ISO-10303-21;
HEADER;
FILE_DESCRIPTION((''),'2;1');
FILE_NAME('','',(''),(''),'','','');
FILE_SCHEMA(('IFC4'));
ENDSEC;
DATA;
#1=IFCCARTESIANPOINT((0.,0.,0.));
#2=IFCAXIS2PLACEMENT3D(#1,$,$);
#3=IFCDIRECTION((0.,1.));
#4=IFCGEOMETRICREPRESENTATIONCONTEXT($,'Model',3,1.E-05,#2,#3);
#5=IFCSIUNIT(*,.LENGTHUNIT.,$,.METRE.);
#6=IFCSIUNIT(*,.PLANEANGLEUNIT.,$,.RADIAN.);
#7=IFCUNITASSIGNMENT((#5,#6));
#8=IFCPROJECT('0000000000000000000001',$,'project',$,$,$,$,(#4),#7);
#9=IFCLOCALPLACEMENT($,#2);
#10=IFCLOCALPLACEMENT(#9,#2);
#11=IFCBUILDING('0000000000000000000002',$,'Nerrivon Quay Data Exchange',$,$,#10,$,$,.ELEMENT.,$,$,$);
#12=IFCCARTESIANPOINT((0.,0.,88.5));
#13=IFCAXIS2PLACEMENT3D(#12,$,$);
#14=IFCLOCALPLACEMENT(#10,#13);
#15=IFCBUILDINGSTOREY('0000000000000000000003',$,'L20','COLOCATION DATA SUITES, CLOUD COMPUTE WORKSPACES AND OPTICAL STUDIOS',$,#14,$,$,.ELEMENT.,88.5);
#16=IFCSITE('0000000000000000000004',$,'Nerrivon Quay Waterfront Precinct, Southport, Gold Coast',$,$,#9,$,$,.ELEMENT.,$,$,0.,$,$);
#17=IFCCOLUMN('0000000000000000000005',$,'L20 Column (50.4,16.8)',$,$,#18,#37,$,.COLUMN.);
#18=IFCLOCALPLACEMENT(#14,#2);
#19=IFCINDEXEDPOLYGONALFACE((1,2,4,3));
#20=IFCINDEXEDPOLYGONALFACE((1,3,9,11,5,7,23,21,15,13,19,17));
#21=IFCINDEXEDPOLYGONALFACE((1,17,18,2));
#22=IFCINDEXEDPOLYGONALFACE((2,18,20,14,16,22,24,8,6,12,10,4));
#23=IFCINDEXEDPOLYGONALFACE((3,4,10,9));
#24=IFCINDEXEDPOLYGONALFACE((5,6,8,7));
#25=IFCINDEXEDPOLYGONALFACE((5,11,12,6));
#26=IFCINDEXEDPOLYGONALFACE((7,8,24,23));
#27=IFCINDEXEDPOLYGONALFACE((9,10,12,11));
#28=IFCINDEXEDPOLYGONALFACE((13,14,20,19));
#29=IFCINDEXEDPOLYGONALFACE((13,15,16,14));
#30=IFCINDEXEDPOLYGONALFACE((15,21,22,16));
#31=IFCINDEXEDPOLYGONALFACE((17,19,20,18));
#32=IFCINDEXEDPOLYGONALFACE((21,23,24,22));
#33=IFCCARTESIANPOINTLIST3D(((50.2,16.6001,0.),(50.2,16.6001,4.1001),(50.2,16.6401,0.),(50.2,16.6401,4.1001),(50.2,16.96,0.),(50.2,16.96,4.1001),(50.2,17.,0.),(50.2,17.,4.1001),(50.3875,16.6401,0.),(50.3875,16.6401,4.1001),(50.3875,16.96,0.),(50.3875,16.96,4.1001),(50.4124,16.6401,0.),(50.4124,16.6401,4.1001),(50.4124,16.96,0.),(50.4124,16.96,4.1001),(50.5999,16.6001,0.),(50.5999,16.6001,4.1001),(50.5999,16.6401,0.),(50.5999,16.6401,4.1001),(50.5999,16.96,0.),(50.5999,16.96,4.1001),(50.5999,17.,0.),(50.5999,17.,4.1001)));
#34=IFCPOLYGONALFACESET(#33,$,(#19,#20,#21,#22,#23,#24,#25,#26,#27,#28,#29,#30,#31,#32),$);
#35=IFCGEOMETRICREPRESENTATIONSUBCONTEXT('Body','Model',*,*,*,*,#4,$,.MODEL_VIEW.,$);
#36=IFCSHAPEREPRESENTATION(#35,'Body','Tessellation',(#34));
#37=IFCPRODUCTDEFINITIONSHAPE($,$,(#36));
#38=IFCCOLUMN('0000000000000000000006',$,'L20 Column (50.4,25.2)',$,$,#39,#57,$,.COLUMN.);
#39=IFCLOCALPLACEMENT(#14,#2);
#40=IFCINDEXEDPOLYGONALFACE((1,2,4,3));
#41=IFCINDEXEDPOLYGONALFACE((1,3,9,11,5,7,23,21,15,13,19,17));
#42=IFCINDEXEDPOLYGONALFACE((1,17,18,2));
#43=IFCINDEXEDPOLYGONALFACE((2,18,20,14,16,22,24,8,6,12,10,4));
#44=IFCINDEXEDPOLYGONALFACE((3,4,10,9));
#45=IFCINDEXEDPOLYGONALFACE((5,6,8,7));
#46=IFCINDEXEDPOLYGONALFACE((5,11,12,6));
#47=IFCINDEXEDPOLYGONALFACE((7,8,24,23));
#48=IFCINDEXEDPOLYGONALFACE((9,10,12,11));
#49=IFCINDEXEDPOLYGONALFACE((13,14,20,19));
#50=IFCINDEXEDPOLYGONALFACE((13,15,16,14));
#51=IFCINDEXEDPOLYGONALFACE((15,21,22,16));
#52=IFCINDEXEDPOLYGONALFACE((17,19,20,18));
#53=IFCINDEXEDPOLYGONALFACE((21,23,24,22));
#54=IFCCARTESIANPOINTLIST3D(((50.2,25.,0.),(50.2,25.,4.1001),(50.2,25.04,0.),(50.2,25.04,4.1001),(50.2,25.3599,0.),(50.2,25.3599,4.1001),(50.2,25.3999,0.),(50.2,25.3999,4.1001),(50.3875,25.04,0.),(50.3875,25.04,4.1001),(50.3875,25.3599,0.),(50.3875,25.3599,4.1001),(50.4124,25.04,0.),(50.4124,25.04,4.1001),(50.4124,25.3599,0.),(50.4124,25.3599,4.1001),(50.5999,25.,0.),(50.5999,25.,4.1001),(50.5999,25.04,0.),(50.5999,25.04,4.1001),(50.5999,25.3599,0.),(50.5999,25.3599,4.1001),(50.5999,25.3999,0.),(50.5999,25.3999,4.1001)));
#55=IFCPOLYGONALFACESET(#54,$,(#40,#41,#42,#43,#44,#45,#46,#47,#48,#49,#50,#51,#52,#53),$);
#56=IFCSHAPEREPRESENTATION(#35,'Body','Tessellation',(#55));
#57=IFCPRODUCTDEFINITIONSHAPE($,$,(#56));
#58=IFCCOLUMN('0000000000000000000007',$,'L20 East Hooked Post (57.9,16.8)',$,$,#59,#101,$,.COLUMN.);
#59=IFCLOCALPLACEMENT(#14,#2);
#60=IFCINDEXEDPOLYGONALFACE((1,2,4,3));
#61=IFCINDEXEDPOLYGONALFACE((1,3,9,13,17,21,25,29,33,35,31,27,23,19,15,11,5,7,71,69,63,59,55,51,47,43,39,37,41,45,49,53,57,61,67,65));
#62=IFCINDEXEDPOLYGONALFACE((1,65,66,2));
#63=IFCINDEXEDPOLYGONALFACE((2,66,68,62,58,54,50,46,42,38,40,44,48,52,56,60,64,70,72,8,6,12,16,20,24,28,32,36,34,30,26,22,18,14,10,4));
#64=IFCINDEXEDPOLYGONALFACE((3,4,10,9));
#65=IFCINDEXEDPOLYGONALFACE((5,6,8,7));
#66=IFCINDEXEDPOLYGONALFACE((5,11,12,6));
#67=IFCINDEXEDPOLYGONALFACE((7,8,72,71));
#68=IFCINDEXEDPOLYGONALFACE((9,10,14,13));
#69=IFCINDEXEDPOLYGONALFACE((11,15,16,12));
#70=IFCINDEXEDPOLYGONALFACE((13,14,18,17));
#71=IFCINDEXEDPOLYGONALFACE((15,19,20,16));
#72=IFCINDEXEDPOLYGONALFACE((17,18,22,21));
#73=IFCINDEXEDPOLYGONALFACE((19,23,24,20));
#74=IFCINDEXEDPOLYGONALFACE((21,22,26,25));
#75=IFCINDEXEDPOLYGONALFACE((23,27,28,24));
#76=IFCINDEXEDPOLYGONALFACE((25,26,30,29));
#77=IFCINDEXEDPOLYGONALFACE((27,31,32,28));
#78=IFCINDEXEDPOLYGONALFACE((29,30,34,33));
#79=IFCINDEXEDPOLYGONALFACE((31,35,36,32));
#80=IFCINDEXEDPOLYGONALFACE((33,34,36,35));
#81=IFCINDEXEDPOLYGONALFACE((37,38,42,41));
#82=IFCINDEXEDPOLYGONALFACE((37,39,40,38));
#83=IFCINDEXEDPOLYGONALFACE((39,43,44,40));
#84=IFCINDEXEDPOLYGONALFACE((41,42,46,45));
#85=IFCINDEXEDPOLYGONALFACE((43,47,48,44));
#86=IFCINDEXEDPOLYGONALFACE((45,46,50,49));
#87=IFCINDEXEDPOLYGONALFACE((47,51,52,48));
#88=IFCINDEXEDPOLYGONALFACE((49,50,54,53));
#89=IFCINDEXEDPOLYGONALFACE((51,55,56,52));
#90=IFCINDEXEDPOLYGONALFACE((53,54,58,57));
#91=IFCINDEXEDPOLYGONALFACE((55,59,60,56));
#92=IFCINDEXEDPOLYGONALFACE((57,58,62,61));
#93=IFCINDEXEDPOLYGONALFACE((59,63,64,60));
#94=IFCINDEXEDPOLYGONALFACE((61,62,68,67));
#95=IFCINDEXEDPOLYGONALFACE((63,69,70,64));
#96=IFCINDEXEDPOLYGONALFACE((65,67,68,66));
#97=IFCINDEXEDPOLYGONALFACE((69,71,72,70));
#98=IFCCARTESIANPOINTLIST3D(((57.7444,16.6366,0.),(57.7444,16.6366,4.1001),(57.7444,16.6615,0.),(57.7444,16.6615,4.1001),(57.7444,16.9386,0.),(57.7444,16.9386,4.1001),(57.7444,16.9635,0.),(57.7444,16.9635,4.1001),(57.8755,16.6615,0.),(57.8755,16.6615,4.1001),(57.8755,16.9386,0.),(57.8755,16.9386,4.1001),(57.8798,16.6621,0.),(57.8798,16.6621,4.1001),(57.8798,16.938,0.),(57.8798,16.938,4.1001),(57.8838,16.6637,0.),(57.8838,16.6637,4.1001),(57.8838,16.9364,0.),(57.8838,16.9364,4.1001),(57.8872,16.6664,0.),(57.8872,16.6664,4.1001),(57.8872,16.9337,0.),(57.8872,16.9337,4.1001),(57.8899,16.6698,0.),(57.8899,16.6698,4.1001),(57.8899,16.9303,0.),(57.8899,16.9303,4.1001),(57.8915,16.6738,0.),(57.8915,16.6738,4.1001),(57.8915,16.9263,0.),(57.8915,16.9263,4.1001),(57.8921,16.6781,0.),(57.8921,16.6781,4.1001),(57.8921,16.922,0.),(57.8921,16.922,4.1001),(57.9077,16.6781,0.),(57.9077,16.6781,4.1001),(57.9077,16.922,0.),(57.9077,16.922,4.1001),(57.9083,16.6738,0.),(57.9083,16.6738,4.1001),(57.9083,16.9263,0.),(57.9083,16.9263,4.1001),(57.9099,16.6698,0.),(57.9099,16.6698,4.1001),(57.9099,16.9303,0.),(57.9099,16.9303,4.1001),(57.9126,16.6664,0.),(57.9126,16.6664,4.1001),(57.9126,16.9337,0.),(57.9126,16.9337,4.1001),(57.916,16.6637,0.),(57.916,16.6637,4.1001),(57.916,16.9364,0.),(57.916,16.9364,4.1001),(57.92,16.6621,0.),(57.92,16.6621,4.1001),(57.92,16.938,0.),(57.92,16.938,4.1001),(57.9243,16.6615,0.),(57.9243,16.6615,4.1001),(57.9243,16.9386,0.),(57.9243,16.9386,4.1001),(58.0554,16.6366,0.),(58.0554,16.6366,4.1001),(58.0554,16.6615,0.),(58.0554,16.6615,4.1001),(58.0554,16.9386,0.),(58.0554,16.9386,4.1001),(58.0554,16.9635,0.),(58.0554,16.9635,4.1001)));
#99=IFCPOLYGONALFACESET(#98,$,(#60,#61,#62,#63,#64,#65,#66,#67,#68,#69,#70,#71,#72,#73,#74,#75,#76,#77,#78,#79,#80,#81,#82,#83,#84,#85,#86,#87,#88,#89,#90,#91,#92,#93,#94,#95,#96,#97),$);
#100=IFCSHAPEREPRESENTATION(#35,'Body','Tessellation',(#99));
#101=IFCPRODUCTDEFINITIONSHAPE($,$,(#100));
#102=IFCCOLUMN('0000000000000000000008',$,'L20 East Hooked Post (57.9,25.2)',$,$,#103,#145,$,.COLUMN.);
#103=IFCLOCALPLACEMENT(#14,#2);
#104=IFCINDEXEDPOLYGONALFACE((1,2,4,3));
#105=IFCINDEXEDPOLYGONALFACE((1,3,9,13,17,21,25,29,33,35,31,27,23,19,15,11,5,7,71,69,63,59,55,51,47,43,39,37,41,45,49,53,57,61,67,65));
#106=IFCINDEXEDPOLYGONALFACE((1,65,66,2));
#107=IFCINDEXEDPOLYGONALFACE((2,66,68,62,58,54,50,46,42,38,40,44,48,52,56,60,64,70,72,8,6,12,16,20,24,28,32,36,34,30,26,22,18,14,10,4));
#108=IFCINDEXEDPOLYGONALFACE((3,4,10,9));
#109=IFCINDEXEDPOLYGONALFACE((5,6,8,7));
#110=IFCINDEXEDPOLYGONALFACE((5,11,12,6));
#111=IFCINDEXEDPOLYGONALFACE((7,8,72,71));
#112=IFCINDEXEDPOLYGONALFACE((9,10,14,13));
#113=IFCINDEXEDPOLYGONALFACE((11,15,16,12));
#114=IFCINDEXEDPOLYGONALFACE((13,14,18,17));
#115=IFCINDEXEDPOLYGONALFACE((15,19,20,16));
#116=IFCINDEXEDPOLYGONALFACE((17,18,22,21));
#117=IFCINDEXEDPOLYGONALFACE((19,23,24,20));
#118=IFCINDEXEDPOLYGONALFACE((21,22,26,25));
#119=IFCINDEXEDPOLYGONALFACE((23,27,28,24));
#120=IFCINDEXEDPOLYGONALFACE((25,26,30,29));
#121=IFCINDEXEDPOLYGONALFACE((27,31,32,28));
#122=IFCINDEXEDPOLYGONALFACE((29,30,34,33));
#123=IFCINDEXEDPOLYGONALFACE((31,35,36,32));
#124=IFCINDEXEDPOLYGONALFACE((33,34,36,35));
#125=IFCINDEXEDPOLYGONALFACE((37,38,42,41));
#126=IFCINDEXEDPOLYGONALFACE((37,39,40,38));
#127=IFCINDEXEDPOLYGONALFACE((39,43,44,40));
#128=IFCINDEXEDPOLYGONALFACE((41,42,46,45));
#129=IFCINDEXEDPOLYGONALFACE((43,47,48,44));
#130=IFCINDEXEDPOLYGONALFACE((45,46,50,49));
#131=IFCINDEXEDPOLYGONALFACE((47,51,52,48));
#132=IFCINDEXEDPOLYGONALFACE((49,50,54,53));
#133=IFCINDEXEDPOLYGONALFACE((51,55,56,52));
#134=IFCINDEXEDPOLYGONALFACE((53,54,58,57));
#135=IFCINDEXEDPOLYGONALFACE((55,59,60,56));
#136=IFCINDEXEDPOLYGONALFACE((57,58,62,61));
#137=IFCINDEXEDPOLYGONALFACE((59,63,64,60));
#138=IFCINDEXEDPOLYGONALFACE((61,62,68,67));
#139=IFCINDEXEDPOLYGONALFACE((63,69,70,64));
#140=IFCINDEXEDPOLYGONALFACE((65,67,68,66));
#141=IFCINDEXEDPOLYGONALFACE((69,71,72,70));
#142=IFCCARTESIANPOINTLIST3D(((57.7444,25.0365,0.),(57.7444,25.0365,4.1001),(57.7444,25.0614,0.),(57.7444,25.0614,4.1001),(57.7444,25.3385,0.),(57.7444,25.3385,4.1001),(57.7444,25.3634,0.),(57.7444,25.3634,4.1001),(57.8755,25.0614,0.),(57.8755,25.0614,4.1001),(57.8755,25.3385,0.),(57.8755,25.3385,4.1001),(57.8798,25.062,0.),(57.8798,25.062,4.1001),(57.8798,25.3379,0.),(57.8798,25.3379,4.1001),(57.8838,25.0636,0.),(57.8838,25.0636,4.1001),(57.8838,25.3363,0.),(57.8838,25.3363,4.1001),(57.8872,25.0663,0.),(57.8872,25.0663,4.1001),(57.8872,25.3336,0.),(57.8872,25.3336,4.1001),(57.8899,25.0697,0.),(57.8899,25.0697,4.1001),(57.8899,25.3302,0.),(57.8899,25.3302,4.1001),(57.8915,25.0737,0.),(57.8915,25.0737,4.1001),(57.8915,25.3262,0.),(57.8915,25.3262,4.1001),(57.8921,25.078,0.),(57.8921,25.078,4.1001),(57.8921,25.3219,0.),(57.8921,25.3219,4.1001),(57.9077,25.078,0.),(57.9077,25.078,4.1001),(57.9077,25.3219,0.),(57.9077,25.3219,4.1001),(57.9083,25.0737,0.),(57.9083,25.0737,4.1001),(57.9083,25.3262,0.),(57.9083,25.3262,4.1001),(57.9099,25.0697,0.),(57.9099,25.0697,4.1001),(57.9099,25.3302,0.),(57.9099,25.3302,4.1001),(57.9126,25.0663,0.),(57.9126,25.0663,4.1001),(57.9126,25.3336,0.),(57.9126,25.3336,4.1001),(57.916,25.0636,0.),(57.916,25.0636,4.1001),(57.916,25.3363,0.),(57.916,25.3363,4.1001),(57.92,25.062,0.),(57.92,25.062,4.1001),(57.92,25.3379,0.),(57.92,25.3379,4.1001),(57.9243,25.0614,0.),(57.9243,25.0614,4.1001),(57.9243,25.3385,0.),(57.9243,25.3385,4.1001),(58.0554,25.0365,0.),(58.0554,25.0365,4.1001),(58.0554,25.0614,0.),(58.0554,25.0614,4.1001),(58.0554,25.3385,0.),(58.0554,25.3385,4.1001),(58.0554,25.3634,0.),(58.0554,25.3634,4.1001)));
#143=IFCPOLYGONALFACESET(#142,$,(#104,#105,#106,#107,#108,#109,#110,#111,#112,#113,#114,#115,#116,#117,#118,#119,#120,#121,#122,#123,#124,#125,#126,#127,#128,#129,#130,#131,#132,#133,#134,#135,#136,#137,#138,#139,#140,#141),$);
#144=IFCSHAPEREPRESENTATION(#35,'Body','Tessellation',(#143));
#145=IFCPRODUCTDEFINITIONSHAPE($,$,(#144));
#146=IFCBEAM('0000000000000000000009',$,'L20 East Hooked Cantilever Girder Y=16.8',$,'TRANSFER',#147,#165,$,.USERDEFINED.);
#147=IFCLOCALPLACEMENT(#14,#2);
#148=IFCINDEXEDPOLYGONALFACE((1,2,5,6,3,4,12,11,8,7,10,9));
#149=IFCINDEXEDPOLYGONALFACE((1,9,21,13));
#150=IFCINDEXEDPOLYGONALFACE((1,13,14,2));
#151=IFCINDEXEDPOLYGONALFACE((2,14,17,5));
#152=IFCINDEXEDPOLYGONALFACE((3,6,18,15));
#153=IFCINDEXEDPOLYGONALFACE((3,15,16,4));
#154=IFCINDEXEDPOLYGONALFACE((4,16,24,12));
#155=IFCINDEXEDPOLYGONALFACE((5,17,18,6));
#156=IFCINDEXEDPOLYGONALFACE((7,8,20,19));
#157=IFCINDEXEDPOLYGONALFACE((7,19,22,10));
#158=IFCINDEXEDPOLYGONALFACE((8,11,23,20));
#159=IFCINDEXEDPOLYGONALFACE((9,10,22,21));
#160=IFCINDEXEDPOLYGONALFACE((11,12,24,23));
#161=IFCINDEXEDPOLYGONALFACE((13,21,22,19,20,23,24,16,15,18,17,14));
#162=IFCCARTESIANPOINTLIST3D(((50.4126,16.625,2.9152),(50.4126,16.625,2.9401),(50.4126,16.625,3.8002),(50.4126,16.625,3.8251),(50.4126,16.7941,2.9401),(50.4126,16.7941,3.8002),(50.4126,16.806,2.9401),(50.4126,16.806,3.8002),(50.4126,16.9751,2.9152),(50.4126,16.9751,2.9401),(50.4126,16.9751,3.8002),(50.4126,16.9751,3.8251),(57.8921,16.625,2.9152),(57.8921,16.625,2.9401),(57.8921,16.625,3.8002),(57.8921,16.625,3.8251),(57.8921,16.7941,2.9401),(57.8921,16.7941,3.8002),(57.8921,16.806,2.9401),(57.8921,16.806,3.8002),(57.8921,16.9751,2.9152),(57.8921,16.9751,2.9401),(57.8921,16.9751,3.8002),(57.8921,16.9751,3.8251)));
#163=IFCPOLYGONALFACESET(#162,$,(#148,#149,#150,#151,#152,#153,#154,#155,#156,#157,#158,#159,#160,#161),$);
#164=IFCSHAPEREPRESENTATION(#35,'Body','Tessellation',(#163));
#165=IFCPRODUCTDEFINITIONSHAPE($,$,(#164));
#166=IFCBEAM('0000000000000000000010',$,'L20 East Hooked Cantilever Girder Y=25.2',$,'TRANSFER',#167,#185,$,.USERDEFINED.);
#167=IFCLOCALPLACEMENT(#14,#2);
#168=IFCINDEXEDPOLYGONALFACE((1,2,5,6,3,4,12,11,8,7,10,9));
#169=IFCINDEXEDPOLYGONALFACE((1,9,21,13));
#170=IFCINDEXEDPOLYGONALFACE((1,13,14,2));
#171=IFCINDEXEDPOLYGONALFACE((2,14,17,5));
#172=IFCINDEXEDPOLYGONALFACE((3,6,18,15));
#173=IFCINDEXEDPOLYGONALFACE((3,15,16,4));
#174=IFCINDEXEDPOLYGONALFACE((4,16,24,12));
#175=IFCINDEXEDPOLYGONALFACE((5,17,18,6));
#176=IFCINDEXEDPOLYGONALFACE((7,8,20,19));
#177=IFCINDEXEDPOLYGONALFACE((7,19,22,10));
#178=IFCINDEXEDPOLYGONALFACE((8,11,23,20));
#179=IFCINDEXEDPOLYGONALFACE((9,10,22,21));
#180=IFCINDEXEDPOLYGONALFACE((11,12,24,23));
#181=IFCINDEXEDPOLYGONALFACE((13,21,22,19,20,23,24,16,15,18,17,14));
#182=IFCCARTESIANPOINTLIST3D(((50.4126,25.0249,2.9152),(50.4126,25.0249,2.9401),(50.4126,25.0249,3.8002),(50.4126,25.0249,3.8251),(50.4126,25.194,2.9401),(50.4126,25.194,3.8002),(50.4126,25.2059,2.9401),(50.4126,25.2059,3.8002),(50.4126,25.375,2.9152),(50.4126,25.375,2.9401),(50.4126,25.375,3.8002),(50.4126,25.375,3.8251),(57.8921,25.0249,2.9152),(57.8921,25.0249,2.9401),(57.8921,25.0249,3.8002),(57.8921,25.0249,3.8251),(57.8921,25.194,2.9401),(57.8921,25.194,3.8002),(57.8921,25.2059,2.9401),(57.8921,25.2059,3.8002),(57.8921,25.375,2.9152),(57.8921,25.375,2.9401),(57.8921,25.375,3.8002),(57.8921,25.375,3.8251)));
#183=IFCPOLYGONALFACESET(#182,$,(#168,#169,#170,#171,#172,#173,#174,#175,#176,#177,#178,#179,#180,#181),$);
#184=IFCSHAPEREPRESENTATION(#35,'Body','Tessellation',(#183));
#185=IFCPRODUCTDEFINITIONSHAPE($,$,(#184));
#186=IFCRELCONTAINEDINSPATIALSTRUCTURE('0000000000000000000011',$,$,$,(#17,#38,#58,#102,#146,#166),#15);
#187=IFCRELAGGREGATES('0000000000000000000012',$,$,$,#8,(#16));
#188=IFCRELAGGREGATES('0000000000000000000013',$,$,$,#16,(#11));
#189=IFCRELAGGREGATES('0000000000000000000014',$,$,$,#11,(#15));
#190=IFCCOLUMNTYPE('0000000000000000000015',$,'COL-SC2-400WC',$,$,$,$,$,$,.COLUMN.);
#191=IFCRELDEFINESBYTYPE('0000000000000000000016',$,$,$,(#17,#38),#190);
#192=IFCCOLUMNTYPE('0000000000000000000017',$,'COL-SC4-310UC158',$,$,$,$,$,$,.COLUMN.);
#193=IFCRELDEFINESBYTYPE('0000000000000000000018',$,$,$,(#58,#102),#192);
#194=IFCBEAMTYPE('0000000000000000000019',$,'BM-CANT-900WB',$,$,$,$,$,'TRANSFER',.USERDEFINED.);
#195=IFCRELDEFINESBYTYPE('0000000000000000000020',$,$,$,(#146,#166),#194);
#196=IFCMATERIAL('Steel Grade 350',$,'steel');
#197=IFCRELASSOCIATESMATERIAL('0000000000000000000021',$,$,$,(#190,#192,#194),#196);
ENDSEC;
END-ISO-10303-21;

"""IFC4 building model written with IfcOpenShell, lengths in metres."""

from ifc_helpers import new_model, si_unit, direction, frame, origin, origin_2d, place, context, subcontext, project, spatial, i_section, extrude, material, material_profile, profile_set, type_object, element, save


model = new_model("IFC4")

# Units and contexts
model_context = context("Model", 3, precision=1e-05, world=origin(), true_north=direction((0.0, 1.0)))
body_context = subcontext(model_context, "Body", "Model", "MODEL_VIEW")
ifc_project = project(units=[si_unit("LENGTHUNIT", "METRE"), si_unit("PLANEANGLEUNIT", "RADIAN")], contexts=[model_context])

# Site, building, storey
site_placement = place(None, origin())
site = spatial("IfcSite", under=ifc_project, at=site_placement, Name="Nerrivon Quay Waterfront Precinct, Southport, Gold Coast", CompositionType="ELEMENT", RefElevation=0.0)
building_placement = place(site_placement, origin())
building = spatial("IfcBuilding", under=site, at=building_placement, Name="Nerrivon Quay Data Exchange", CompositionType="ELEMENT")
storey_placement = place(building_placement, frame((0.0, 0.0, 88.5)))
storey = spatial("IfcBuildingStorey", under=building, at=storey_placement, Name="L20", Description="COLOCATION DATA SUITES, CLOUD COMPUTE WORKSPACES AND OPTICAL STUDIOS", CompositionType="ELEMENT", Elevation=88.5)

# Columns
ifc_material_1 = material(Name="Steel Grade 350", Category="steel")
ifc_material_profile_1 = material_profile(ifc_material_1, i_section(OverallWidth=0.3999, OverallDepth=0.3999, WebThickness=0.0249, FlangeThickness=0.04, at=origin_2d()), Name="400WC328")
ifc_profile_set_1 = profile_set([ifc_material_profile_1], Name="Steel Grade 350")
column_type_1 = type_object("IfcColumnType", Name="COL-SC2-400WC", PredefinedType="COLUMN", material=ifc_profile_set_1)
for number, where, z_axis, x_axis, name in (
    (1, (50.3999, 16.8, 0.0), (0.0, 0.0, 1.0), (1.0, 0.0, 0.0), "L20 Column (50.4,16.8)"),
    (2, (50.3999, 25.2, 0.0), (0.0, 0.0, 1.0), (1.0, 0.0, 0.0), "L20 Column (50.4,25.2)"),
):
    element("IfcColumn", number, at=place(storey_placement, frame(where, z_axis=z_axis, x_axis=x_axis)), inside=storey, type_object=column_type_1, Name=name, PredefinedType="COLUMN", context=body_context, shape_type="SweptSolid", body=[
        extrude(i_section(OverallWidth=0.3999, OverallDepth=0.3999, WebThickness=0.0249, FlangeThickness=0.04, at=origin_2d()), origin(), (0.0, 0.0, 1.0), 4.1001),
    ])
ifc_material_profile_2 = material_profile(ifc_material_1, i_section(OverallWidth=0.311, OverallDepth=0.3269, WebThickness=0.0156, FlangeThickness=0.0249, FilletRadius=0.0166, at=origin_2d()), Name="310UC158")
ifc_profile_set_2 = profile_set([ifc_material_profile_2], Name="Steel Grade 350")
column_type_2 = type_object("IfcColumnType", Name="COL-SC4-310UC158", PredefinedType="COLUMN", material=ifc_profile_set_2)
for number, where, z_axis, x_axis, name in (
    (3, (57.8999, 16.8, 0.0), (0.0, 0.0, 1.0), (1.0, 0.0, 0.0), "L20 East Hooked Post (57.9,16.8)"),
    (4, (57.8999, 25.2, 0.0), (0.0, 0.0, 1.0), (1.0, 0.0, 0.0), "L20 East Hooked Post (57.9,25.2)"),
):
    element("IfcColumn", number, at=place(storey_placement, frame(where, z_axis=z_axis, x_axis=x_axis)), inside=storey, type_object=column_type_2, Name=name, PredefinedType="COLUMN", context=body_context, shape_type="SweptSolid", body=[
        extrude(i_section(OverallWidth=0.311, OverallDepth=0.3269, WebThickness=0.0156, FlangeThickness=0.0249, FilletRadius=0.0166, at=origin_2d()), origin(), (0.0, 0.0, 1.0), 4.1001),
    ])

# Beams
ifc_material_profile_3 = material_profile(ifc_material_1, i_section(OverallWidth=0.3501, OverallDepth=0.9099, WebThickness=0.012, FlangeThickness=0.0249, at=origin_2d()), Name="900WB218")
ifc_profile_set_3 = profile_set([ifc_material_profile_3], Name="Steel Grade 350")
beam_type_1 = type_object("IfcBeamType", Name="BM-CANT-900WB", ElementType="TRANSFER", PredefinedType="USERDEFINED", material=ifc_profile_set_3)
for number, where, z_axis, x_axis, name in (
    (5, (50.4126, 16.8, 3.3701), (1.0, 0.0, 0.0), (0.0, 1.0, 0.0), "L20 East Hooked Cantilever Girder Y=16.8"),
    (6, (50.4126, 25.2, 3.3701), (1.0, 0.0, 0.0), (0.0, 1.0, 0.0), "L20 East Hooked Cantilever Girder Y=25.2"),
):
    element("IfcBeam", number, at=place(storey_placement, frame(where, z_axis=z_axis, x_axis=x_axis)), inside=storey, type_object=beam_type_1, Name=name, ObjectType="TRANSFER", PredefinedType="USERDEFINED", context=body_context, shape_type="SweptSolid", body=[
        extrude(i_section(OverallWidth=0.3501, OverallDepth=0.9099, WebThickness=0.012, FlangeThickness=0.0249, at=origin_2d()), origin(), (0.0, 0.0, 1.0), 7.4795),
    ])

save(model, "model.ifc")
